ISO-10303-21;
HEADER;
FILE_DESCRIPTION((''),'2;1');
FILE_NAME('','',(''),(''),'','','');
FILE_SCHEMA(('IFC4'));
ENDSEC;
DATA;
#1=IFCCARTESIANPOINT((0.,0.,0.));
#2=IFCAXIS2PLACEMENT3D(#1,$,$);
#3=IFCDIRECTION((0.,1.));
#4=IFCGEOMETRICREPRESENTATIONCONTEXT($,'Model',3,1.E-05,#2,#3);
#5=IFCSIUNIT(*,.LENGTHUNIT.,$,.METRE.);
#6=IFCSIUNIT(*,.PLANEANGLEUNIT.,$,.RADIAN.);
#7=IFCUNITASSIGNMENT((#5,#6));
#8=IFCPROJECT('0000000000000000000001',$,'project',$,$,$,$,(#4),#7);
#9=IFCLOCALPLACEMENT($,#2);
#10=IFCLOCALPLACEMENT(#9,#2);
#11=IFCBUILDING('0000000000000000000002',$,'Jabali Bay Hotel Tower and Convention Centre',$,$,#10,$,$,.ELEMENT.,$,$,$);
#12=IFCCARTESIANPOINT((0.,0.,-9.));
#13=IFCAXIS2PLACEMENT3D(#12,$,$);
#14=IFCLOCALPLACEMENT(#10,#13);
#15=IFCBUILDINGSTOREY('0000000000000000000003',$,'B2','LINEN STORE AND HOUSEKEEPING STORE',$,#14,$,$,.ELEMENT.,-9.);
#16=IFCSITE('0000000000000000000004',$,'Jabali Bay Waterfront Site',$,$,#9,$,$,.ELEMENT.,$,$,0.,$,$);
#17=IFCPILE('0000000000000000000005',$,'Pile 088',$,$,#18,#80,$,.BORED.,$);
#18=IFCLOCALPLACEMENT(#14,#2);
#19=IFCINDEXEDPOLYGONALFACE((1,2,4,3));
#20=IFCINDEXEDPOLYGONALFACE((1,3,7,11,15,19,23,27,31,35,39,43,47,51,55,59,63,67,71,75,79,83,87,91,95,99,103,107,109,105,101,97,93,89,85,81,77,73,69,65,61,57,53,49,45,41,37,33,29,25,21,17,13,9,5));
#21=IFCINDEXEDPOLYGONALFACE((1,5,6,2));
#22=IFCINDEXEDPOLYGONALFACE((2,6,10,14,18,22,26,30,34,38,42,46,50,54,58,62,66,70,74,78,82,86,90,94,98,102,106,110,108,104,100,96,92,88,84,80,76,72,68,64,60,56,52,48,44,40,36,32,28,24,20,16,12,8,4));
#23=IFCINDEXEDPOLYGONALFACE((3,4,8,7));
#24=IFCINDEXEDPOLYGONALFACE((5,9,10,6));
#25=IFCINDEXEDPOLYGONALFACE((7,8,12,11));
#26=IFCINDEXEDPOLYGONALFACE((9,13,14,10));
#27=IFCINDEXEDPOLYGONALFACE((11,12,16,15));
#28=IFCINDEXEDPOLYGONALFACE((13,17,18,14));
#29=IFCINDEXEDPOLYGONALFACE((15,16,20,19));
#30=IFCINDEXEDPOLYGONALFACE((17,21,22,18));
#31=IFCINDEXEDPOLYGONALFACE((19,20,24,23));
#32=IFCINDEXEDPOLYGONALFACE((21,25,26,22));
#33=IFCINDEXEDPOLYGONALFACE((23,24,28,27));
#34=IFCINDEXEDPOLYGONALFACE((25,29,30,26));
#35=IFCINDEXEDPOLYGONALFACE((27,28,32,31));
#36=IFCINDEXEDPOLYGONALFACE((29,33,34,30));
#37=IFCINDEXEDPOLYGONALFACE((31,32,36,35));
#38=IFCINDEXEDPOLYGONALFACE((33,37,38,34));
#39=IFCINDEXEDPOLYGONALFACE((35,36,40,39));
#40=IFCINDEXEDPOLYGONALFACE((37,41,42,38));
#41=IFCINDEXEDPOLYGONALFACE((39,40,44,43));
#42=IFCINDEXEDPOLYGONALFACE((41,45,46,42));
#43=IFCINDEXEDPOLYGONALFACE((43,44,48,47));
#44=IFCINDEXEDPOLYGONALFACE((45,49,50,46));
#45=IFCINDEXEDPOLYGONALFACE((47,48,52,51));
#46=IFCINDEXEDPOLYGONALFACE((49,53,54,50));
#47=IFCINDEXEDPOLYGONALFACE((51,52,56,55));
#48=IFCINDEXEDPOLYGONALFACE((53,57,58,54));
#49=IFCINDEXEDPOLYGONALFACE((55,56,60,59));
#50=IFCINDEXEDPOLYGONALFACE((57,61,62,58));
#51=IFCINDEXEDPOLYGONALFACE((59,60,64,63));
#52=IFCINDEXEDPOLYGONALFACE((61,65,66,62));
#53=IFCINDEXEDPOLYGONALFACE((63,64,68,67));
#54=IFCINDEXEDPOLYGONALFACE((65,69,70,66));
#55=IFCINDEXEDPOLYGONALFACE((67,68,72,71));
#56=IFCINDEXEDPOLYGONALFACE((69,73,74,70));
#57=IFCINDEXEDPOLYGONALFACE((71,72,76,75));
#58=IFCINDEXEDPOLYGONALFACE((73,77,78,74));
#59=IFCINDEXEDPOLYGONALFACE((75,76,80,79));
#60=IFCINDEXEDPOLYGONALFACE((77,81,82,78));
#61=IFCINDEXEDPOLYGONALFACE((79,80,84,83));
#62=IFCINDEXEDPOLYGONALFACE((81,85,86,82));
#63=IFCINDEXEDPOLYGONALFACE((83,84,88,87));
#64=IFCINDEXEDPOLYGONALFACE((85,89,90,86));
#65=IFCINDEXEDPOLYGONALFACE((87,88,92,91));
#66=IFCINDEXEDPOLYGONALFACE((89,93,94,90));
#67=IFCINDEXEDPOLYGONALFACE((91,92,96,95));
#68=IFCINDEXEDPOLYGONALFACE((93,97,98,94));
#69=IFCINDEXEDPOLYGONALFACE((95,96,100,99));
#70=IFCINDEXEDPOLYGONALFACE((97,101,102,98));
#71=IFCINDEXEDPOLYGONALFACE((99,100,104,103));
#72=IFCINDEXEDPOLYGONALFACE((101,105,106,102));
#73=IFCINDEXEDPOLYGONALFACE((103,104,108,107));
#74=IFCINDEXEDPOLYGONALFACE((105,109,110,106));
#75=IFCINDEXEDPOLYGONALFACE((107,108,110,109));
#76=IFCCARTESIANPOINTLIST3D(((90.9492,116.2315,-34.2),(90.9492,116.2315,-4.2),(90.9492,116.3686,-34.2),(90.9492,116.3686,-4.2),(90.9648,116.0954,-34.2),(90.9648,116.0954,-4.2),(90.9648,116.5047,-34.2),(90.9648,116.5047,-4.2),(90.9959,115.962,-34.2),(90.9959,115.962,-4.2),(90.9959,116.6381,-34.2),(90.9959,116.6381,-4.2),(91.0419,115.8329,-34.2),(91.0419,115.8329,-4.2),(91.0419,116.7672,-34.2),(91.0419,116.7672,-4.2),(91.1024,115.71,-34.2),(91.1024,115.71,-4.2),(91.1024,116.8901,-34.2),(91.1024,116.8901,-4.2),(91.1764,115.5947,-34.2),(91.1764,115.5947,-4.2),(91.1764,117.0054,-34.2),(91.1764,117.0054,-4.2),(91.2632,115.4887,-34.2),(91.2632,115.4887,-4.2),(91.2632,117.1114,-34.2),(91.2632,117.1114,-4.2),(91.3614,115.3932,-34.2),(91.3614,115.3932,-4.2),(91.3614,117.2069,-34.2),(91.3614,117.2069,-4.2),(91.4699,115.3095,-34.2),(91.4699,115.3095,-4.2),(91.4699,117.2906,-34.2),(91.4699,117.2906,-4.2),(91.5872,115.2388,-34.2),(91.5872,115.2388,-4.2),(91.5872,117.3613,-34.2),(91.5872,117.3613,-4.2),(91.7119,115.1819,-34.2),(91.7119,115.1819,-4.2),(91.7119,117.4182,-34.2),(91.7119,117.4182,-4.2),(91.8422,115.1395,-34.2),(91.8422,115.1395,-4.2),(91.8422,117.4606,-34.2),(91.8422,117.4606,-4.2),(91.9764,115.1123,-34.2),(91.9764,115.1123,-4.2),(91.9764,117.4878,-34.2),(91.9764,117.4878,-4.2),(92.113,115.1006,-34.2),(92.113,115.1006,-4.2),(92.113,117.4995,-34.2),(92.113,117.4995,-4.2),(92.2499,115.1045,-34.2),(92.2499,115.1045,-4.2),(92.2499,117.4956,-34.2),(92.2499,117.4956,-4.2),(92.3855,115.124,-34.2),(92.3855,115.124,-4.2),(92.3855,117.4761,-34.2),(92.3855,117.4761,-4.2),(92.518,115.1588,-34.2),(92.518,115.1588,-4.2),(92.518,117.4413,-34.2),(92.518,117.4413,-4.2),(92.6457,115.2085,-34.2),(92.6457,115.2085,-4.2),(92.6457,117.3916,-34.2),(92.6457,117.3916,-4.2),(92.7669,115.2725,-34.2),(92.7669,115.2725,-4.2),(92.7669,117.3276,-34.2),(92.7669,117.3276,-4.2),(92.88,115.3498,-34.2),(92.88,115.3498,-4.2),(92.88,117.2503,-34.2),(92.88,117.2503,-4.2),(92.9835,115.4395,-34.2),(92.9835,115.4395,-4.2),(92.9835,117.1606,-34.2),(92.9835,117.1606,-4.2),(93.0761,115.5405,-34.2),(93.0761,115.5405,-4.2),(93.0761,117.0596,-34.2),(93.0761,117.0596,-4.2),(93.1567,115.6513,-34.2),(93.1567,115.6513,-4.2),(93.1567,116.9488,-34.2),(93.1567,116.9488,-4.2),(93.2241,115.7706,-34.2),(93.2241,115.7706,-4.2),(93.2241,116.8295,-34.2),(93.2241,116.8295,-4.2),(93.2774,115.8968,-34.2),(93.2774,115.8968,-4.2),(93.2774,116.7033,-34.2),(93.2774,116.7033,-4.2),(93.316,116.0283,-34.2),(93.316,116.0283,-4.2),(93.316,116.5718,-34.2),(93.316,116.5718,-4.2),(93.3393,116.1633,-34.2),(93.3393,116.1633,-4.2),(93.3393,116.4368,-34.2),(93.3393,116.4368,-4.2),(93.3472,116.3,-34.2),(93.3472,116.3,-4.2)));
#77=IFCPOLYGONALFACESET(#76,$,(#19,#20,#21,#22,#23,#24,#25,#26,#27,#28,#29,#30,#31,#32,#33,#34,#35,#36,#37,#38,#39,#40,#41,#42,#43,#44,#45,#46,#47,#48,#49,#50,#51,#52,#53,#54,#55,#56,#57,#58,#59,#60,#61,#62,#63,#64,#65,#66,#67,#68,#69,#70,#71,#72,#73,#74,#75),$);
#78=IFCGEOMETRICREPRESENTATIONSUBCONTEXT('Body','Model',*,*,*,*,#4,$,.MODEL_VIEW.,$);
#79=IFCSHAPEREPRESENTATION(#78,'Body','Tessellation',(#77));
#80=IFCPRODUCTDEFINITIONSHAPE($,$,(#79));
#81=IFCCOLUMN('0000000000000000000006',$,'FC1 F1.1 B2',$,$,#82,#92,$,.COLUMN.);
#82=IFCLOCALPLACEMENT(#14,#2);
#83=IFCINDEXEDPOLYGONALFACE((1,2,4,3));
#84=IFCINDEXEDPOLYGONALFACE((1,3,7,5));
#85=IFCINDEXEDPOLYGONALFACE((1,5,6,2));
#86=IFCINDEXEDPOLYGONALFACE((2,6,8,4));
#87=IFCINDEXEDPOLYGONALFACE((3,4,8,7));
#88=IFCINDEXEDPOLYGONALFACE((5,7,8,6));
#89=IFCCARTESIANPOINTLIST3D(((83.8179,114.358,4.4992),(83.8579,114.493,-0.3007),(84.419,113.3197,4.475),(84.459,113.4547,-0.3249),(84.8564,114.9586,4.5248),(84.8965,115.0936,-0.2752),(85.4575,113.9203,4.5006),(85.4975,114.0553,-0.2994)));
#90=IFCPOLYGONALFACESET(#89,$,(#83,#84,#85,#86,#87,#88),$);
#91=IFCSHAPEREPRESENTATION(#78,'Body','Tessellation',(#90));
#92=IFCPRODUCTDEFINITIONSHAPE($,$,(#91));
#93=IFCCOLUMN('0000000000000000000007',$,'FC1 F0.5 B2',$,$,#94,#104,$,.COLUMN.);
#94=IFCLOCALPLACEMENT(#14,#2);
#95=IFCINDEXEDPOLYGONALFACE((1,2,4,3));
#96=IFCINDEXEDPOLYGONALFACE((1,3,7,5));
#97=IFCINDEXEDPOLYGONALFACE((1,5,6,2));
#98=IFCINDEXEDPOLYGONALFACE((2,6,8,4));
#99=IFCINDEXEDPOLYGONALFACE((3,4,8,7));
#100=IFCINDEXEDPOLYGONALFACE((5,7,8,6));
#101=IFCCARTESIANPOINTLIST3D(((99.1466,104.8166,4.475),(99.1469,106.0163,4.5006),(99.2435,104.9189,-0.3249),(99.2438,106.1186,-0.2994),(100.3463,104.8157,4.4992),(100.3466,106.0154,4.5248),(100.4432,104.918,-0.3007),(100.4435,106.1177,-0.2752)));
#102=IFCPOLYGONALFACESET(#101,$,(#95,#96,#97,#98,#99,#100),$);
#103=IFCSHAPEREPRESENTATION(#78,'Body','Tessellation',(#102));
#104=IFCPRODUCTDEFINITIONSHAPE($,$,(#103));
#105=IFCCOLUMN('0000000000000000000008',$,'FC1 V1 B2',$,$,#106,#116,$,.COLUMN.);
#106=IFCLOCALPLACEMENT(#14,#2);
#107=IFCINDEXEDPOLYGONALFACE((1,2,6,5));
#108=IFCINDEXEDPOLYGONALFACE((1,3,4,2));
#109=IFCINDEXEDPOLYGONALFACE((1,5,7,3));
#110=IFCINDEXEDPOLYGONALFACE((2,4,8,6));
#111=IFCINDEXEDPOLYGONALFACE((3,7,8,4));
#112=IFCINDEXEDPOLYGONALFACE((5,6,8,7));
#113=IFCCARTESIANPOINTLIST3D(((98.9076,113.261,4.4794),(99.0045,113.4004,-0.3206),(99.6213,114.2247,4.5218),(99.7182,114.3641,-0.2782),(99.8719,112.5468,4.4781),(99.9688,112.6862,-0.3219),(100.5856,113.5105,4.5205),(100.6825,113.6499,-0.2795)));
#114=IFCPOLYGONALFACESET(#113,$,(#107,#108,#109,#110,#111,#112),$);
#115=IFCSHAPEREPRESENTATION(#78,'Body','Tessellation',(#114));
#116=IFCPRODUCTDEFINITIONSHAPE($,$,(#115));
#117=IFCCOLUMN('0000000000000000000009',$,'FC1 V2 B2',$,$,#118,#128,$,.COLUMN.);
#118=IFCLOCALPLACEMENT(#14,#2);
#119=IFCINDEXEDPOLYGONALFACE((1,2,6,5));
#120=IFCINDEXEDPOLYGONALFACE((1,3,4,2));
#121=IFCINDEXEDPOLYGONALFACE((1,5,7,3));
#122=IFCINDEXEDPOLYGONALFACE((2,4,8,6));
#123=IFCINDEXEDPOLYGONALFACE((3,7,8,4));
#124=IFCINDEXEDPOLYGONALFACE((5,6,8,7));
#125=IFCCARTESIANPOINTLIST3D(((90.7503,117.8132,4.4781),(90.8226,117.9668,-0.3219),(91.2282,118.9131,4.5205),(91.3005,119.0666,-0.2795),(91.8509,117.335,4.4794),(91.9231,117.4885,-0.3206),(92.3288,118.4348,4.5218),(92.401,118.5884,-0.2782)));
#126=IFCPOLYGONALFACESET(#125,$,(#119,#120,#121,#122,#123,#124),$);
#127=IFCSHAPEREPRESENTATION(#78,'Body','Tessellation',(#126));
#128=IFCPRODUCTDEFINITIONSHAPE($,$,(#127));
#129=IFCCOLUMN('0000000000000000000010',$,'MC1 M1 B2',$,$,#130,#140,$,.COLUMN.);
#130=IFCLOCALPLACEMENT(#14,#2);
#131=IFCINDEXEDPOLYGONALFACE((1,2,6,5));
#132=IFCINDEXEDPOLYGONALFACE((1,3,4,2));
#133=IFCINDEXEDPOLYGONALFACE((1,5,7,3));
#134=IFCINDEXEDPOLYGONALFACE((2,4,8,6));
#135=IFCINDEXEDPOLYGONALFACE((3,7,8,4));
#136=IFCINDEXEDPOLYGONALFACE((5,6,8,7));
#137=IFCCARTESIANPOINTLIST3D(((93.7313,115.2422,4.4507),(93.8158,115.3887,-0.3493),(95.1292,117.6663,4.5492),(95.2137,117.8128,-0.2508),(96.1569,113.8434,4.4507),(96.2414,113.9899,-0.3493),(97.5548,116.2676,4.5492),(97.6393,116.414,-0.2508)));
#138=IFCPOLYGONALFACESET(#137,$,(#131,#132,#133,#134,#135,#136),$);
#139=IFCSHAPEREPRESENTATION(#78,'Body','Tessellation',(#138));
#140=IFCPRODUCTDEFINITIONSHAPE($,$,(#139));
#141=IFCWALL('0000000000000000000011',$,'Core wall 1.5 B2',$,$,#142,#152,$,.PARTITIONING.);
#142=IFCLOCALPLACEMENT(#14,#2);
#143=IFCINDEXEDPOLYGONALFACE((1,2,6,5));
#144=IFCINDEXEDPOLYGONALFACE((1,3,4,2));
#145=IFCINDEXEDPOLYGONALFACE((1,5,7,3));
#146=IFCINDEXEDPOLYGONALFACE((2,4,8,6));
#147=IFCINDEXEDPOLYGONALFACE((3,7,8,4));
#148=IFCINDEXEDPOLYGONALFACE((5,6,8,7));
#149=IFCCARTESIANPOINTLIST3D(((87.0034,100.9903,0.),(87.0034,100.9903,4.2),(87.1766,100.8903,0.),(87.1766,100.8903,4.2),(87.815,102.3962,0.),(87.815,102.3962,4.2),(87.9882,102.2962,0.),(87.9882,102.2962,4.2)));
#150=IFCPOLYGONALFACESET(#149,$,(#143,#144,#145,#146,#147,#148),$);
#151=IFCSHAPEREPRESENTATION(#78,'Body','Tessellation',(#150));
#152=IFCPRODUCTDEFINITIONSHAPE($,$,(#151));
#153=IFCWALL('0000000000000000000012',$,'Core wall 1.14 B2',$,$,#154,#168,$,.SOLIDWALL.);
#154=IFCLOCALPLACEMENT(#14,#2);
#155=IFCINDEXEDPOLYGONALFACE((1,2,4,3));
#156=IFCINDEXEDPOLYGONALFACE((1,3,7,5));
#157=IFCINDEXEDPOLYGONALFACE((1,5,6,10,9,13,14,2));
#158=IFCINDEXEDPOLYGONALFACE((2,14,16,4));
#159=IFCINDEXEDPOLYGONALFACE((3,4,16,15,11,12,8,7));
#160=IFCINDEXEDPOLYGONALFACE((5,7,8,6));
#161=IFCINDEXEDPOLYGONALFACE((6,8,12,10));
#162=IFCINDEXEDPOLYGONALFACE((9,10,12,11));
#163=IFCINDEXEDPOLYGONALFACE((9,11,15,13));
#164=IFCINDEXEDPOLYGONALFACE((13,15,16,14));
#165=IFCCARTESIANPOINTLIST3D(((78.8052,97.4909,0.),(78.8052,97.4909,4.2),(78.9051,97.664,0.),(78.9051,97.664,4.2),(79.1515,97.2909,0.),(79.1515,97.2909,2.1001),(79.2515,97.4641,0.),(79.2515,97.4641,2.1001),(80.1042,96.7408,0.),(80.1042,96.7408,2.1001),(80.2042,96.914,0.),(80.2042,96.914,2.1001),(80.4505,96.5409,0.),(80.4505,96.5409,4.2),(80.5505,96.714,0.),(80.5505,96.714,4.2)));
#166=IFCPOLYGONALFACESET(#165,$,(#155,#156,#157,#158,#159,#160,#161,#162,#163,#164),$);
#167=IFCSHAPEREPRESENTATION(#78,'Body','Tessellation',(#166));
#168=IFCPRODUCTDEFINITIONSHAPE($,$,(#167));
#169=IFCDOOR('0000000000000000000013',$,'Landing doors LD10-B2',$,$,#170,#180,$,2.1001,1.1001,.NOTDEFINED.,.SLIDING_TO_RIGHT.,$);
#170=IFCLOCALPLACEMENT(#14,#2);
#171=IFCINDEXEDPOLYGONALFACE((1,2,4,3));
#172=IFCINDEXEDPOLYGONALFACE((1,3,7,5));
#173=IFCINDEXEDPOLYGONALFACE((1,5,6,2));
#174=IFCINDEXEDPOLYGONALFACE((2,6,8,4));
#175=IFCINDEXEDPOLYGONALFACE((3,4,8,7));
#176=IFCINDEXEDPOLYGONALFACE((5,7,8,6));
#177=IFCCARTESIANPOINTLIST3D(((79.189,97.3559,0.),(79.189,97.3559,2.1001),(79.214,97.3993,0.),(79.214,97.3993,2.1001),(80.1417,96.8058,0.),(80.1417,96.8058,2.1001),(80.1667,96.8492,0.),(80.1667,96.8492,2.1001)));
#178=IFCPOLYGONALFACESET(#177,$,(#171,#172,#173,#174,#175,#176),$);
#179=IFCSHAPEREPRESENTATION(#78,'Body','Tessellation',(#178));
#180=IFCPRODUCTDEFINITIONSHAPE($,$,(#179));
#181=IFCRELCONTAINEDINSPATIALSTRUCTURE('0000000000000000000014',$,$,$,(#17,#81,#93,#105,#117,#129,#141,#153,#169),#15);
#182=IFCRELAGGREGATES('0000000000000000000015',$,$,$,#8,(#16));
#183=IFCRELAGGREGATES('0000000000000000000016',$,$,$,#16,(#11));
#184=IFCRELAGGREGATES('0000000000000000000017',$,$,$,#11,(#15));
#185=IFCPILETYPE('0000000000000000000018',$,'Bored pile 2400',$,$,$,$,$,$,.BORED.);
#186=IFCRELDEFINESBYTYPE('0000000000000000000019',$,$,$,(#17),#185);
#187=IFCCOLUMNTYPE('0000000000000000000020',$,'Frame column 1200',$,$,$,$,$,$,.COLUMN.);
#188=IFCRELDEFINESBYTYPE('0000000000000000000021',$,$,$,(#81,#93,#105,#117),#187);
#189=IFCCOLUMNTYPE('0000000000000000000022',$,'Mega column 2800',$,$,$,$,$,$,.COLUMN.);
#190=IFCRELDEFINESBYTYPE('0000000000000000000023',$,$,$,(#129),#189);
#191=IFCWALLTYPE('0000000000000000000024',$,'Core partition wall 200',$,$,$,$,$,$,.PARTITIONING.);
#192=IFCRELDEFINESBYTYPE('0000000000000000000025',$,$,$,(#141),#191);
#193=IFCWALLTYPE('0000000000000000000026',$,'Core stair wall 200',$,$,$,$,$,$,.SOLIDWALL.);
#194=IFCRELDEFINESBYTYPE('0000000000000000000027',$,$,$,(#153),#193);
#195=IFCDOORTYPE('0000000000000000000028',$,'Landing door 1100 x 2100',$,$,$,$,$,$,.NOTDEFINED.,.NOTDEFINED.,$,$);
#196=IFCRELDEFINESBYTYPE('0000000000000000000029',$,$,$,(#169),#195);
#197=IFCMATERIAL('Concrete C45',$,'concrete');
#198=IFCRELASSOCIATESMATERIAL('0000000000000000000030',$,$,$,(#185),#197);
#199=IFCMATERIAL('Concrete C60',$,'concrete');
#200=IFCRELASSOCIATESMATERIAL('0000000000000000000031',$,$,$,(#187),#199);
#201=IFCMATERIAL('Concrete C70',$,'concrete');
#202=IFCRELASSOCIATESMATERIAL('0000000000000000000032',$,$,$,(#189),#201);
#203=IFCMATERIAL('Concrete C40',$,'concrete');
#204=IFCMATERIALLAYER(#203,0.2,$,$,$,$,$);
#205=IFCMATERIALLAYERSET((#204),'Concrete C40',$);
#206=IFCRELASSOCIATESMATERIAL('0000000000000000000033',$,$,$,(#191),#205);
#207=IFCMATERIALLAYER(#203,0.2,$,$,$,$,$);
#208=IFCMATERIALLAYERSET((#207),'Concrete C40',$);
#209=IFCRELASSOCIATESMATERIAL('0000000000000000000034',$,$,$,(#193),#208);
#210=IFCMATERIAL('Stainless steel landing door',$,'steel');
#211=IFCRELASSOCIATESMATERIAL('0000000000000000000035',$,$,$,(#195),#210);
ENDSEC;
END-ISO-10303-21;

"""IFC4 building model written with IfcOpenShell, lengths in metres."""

from ifc_helpers import new_model, si_unit, direction, frame, frame_2d, origin, origin_2d, place, context, subcontext, project, spatial, rectangle, circle, extrude, material, layer, layer_set, material_profile, profile_set, type_object, element, fill, save


model = new_model("IFC4")

# Units and contexts
model_context = context("Model", 3, precision=1e-05, world=origin(), true_north=direction((0.0, 1.0)))
body_context = subcontext(model_context, "Body", "Model", "MODEL_VIEW")
ifc_project = project(units=[si_unit("LENGTHUNIT", "METRE"), si_unit("PLANEANGLEUNIT", "RADIAN")], contexts=[model_context])

# Site, building, storey
site_placement = place(None, origin())
site = spatial("IfcSite", under=ifc_project, at=site_placement, Name="Jabali Bay Waterfront Site", CompositionType="ELEMENT", RefElevation=0.0)
building_placement = place(site_placement, origin())
building = spatial("IfcBuilding", under=site, at=building_placement, Name="Jabali Bay Hotel Tower and Convention Centre", CompositionType="ELEMENT")
storey_placement = place(building_placement, frame((0.0, 0.0, -9.0)))
storey = spatial("IfcBuildingStorey", under=building, at=storey_placement, Name="B2", Description="LINEN STORE AND HOUSEKEEPING STORE", CompositionType="ELEMENT", Elevation=-9.0)

# Pile
ifc_material_1 = material(Name="Concrete C45", Category="concrete")
ifc_material_profile_1 = material_profile(ifc_material_1, circle(Radius=1.2, at=origin_2d()), Name="Bored pile 2400")
ifc_profile_set_1 = profile_set([ifc_material_profile_1], Name="Concrete C45")
pile_type = type_object("IfcPileType", Name="Bored pile 2400", PredefinedType="BORED", material=ifc_profile_set_1)
for number, where, z_axis, x_axis, name in (
    (1, (92.1472, 116.3, -4.2), (0.0, 0.0, -1.0), (1.0, 0.0, 0.0), "Pile 088"),
):
    element("IfcPile", number, at=place(storey_placement, frame(where, z_axis=z_axis, x_axis=x_axis)), inside=storey, type_object=pile_type, Name=name, PredefinedType="BORED", context=body_context, shape_type="SweptSolid", body=[
        extrude(circle(Radius=1.2, at=origin_2d()), origin(), (0.0, 0.0, 1.0), 30.0),
    ])

# Columns
ifc_material_2 = material(Name="Concrete C60", Category="concrete")
ifc_material_profile_2 = material_profile(ifc_material_2, rectangle(XDim=1.2, YDim=1.2, at=origin_2d()), Name="Frame column 1200")
ifc_profile_set_2 = profile_set([ifc_material_profile_2], Name="Concrete C60")
column_type_1 = type_object("IfcColumnType", Name="Frame column 1200", PredefinedType="COLUMN", material=ifc_profile_set_2)
for number, where, z_axis, x_axis, name in (
    (2, (84.6777, 114.2742, -0.3), (-0.008338, -0.028115, 0.99957), (0.865457, 0.500531, 0.021297), "FC1 F1.1 B2"),
    (3, (99.8435, 105.5183, -0.3), (-0.020184, -0.021302, 0.999569), (0.999796, -0.000722, 0.020173), "FC1 F0.5 B2"),
):
    element("IfcColumn", number, at=place(storey_placement, frame(where, z_axis=z_axis, x_axis=x_axis)), inside=storey, type_object=column_type_1, Name=name, PredefinedType="COLUMN", context=body_context, shape_type="SweptSolid", body=[
        extrude(rectangle(XDim=1.2, YDim=1.2, at=origin_2d()), origin(), (0.0, 0.0, 1.0), 4.802),
    ])
for number, where, z_axis, x_axis, name in (
    (4, (99.8435, 113.5251, -0.3), (-0.02018, -0.029024, 0.999375), (0.594807, 0.803092, 0.035334), "FC1 V1 B2"),
    (5, (91.6118, 118.2776, -0.3), (-0.015046, -0.031972, 0.999376), (0.917146, -0.398549, 0.001057), "FC1 V2 B2"),
):
    element("IfcColumn", number, at=place(storey_placement, frame(where, z_axis=z_axis, x_axis=x_axis)), inside=storey, type_object=column_type_1, Name=name, PredefinedType="COLUMN", context=body_context, shape_type="SweptSolid", body=[
        extrude(rectangle(XDim=1.2, YDim=1.2, at=origin_2d()), origin(), (0.0, 0.0, 1.0), 4.803),
    ])
ifc_material_3 = material(Name="Concrete C70", Category="concrete")
ifc_material_profile_3 = material_profile(ifc_material_3, rectangle(XDim=2.8, YDim=2.8, at=origin_2d()), Name="Mega column 2800")
ifc_profile_set_3 = profile_set([ifc_material_profile_3], Name="Concrete C70")
column_type_2 = type_object("IfcColumnType", Name="Mega column 2800", PredefinedType="COLUMN", material=ifc_profile_set_3)
column_placement = place(storey_placement, frame((95.7275, 115.9014, -0.3), z_axis=(-0.017587, -0.030498, 0.99938), x_axis=(0.866282, -0.499555, 0.0)))
element("IfcColumn", 6, at=column_placement, inside=storey, type_object=column_type_2, Name="MC1 M1 B2", PredefinedType="COLUMN", context=body_context, shape_type="SweptSolid", body=[
    extrude(rectangle(XDim=2.8, YDim=2.8, at=origin_2d()), origin(), (0.0, 0.0, 1.0), 4.803),
])

# Wall
ifc_material_4 = material(Name="Concrete C40", Category="concrete")
ifc_layer_1 = layer(ifc_material_4, 0.2)
ifc_layer_set_1 = layer_set([ifc_layer_1], Name="Concrete C40")
wall_type_1 = type_object("IfcWallType", Name="Core partition wall 200", PredefinedType="PARTITIONING", material=ifc_layer_set_1)
wall_1_placement = place(storey_placement, frame((87.0901, 100.9404, 0.0), z_axis=(0.0, 0.0, 1.0), x_axis=(0.499957, 0.86605, 0.0)))
element("IfcWall", 7, at=wall_1_placement, inside=storey, type_object=wall_type_1, Name="Core wall 1.5 B2", PredefinedType="PARTITIONING", context=body_context, shape_type="SweptSolid", body=[
    extrude(rectangle(XDim=1.6233, YDim=0.2, at=frame_2d((0.8115, 0.0))), origin(), (0.0, 0.0, 1.0), 4.2),
])

# Wall, opening, door
ifc_layer_2 = layer(ifc_material_4, 0.2)
ifc_layer_set_2 = layer_set([ifc_layer_2], Name="Concrete C40")
wall_type_2 = type_object("IfcWallType", Name="Core stair wall 200", PredefinedType="SOLIDWALL", material=ifc_layer_set_2)
wall_2_placement = place(storey_placement, frame((80.5005, 96.6274, 0.0), z_axis=(0.0, 0.0, 1.0), x_axis=(-0.866012, 0.500023, 0.0)))
wall_2 = element("IfcWall", 8, at=wall_2_placement, inside=storey, type_object=wall_type_2, Name="Core wall 1.14 B2", PredefinedType="SOLIDWALL", context=body_context, shape_type="SweptSolid", body=[
    extrude(rectangle(XDim=1.8999, YDim=0.2, at=frame_2d((0.95, 0.0))), origin(), (0.0, 0.0, 1.0), 4.2),
])
opening_placement = place(wall_2_placement, frame((0.3999, 0.0, 0.0)))
opening = element("IfcOpeningElement", 9, at=opening_placement, cuts=wall_2, PredefinedType="OPENING", context=body_context, shape_type="SweptSolid", body=[
    extrude(rectangle(XDim=1.1001, YDim=2.1001, at=frame_2d((0.55, 1.05))), frame((0.0, 0.1104, 0.0), z_axis=(0.0, -1.0, 0.0), x_axis=(1.0, 0.0, 0.0)), (0.0, 0.0, 1.0), 0.2209),
])
ifc_material_5 = material(Name="Stainless steel landing door", Category="steel")
door_type = type_object("IfcDoorType", Name="Landing door 1100 x 2100", OperationType="NOTDEFINED", PredefinedType="NOTDEFINED", material=ifc_material_5)
door_placement = place(opening_placement, origin())
door = element("IfcDoor", 10, at=door_placement, inside=storey, type_object=door_type, Name="Landing doors LD10-B2", OperationType="SLIDING_TO_RIGHT", OverallHeight=2.1001, OverallWidth=1.1001, PredefinedType="NOTDEFINED", context=body_context, shape_type="SweptSolid", body=[
    extrude(rectangle(XDim=1.1001, YDim=2.1001, at=frame_2d((0.55, 1.05))), frame((0.0, 0.0249, 0.0), z_axis=(0.0, -1.0, 0.0), x_axis=(1.0, 0.0, 0.0)), (0.0, 0.0, 1.0), 0.05),
])
fill(opening, door)

save(model, "model.ifc")
